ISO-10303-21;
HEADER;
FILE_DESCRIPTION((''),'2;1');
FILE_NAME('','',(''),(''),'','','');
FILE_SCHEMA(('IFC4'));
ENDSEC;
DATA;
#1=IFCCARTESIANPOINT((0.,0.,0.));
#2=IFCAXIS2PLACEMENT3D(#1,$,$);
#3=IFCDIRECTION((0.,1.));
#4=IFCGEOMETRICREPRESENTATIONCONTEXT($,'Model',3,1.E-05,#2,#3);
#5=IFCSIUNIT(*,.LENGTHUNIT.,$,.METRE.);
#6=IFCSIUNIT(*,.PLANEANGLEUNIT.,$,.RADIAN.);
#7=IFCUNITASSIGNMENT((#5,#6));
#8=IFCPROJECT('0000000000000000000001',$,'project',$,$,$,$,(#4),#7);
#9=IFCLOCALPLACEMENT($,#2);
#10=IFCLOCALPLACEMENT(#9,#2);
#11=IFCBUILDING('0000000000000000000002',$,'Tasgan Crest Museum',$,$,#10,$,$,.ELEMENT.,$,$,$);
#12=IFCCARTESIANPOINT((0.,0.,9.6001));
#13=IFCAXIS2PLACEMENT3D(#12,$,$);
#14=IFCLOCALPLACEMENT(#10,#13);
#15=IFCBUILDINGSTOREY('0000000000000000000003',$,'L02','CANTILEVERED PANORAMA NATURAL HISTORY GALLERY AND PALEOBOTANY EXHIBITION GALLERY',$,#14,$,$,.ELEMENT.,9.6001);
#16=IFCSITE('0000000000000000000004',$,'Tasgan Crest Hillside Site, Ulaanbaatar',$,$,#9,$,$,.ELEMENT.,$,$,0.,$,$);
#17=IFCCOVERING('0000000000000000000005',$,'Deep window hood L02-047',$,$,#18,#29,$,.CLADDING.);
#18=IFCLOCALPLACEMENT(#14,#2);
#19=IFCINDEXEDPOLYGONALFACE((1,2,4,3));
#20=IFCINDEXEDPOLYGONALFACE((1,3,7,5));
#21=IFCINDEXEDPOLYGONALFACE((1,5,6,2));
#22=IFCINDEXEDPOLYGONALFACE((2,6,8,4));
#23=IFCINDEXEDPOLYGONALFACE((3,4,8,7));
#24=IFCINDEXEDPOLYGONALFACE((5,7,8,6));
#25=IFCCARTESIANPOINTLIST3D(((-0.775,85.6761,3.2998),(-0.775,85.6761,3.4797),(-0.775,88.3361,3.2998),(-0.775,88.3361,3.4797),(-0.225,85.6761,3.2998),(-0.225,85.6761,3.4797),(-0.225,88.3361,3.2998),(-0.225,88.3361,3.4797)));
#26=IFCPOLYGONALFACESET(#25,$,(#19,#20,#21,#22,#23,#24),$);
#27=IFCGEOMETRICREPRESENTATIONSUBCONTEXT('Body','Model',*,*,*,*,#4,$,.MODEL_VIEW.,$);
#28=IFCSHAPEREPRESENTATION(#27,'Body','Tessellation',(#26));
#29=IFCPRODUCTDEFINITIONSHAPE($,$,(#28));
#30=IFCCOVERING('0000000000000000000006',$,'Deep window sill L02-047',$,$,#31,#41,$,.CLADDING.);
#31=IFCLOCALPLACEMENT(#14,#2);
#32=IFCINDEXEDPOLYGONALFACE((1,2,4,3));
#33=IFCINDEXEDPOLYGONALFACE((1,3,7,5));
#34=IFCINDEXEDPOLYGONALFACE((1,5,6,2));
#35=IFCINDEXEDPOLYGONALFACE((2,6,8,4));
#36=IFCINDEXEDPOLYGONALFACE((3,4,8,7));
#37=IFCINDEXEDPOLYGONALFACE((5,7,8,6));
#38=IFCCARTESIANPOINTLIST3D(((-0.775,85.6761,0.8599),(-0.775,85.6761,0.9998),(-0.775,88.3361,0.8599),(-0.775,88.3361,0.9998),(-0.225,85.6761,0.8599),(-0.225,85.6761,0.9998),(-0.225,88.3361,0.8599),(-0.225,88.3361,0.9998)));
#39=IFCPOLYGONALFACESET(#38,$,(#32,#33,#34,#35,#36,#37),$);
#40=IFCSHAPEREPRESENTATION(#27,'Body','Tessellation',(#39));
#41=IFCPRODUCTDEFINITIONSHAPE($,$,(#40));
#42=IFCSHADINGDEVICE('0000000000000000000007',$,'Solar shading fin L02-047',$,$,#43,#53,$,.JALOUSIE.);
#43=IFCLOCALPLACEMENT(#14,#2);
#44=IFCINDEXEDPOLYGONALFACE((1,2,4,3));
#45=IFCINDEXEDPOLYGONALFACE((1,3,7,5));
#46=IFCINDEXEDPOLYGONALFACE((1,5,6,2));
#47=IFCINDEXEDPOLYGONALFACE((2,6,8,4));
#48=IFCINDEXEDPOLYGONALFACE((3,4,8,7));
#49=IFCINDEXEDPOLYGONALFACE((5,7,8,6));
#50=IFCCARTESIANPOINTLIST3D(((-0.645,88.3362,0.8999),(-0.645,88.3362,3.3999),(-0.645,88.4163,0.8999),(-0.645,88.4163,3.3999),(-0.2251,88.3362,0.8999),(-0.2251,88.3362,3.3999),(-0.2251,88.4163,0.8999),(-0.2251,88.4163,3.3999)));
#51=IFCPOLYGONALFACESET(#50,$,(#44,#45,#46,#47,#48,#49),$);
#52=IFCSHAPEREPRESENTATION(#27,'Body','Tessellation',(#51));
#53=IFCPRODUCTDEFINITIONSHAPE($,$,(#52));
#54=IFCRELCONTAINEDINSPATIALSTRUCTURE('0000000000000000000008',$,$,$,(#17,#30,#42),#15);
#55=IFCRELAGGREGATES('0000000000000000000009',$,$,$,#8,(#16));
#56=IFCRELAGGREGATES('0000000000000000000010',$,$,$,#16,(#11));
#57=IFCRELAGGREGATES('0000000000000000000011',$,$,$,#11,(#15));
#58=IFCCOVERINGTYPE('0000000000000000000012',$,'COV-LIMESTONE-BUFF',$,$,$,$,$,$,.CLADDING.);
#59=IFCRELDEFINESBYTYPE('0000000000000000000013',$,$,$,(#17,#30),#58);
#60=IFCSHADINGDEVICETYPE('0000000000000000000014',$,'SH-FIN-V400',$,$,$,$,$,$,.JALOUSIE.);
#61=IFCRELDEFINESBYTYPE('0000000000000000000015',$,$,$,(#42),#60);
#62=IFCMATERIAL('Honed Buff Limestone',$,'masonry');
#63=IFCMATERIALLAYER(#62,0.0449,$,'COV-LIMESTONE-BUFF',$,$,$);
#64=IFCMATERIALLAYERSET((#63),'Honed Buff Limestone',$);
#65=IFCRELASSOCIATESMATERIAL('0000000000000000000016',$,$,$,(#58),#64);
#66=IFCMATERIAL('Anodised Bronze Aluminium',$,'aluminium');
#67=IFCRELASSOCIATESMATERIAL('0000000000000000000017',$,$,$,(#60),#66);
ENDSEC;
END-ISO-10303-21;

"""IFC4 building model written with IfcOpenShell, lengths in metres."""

from ifc_helpers import new_model, si_unit, direction, frame, origin, origin_2d, place, context, subcontext, project, spatial, rectangle, extrude, material, layer, layer_set, type_object, element, save


model = new_model("IFC4")

# Units and contexts
model_context = context("Model", 3, precision=1e-05, world=origin(), true_north=direction((0.0, 1.0)))
body_context = subcontext(model_context, "Body", "Model", "MODEL_VIEW")
ifc_project = project(units=[si_unit("LENGTHUNIT", "METRE"), si_unit("PLANEANGLEUNIT", "RADIAN")], contexts=[model_context])

# Site, building, storey
site_placement = place(None, origin())
site = spatial("IfcSite", under=ifc_project, at=site_placement, Name="Tasgan Crest Hillside Site, Ulaanbaatar", CompositionType="ELEMENT", RefElevation=0.0)
building_placement = place(site_placement, origin())
building = spatial("IfcBuilding", under=site, at=building_placement, Name="Tasgan Crest Museum", CompositionType="ELEMENT")
storey_placement = place(building_placement, frame((0.0, 0.0, 9.6001)))
storey = spatial("IfcBuildingStorey", under=building, at=storey_placement, Name="L02", Description="CANTILEVERED PANORAMA NATURAL HISTORY GALLERY AND PALEOBOTANY EXHIBITION GALLERY", CompositionType="ELEMENT", Elevation=9.6001)

# Coverings
ifc_material_1 = material(Name="Honed Buff Limestone", Category="masonry")
ifc_layer_1 = layer(ifc_material_1, 0.0449, Name="COV-LIMESTONE-BUFF")
ifc_layer_set_1 = layer_set([ifc_layer_1], Name="Honed Buff Limestone")
covering_type_1 = type_object("IfcCoveringType", Name="COV-LIMESTONE-BUFF", PredefinedType="CLADDING", material=ifc_layer_set_1)
covering_1_placement = place(storey_placement, frame((-0.5, 87.0061, 3.2998), z_axis=(0.0, 0.0, 1.0), x_axis=(0.0, -1.0, 0.0)))
element("IfcCovering", 1, at=covering_1_placement, inside=storey, type_object=covering_type_1, Name="Deep window hood L02-047", PredefinedType="CLADDING", context=body_context, shape_type="SweptSolid", body=[
    extrude(rectangle(XDim=2.6599, YDim=0.55, at=origin_2d()), origin(), (0.0, 0.0, 1.0), 0.1799),
])
covering_2_placement = place(storey_placement, frame((-0.5, 87.0061, 0.8599), z_axis=(0.0, 0.0, 1.0), x_axis=(0.0, -1.0, 0.0)))
element("IfcCovering", 2, at=covering_2_placement, inside=storey, type_object=covering_type_1, Name="Deep window sill L02-047", PredefinedType="CLADDING", context=body_context, shape_type="SweptSolid", body=[
    extrude(rectangle(XDim=2.6599, YDim=0.55, at=origin_2d()), origin(), (0.0, 0.0, 1.0), 0.1399),
])

# Shading device
ifc_material_2 = material(Name="Anodised Bronze Aluminium", Category="aluminium")
shading_device_type = type_object("IfcShadingDeviceType", Name="SH-FIN-V400", PredefinedType="JALOUSIE", material=ifc_material_2)
shading_device_placement = place(storey_placement, frame((-0.4351, 88.3762, 0.8999), z_axis=(0.0, 0.0, 1.0), x_axis=(0.0, -1.0, 0.0)))
element("IfcShadingDevice", 3, at=shading_device_placement, inside=storey, type_object=shading_device_type, Name="Solar shading fin L02-047", PredefinedType="JALOUSIE", context=body_context, shape_type="SweptSolid", body=[
    extrude(rectangle(XDim=0.0801, YDim=0.4199, at=origin_2d()), origin(), (0.0, 0.0, 1.0), 2.5),
])

save(model, "model.ifc")
